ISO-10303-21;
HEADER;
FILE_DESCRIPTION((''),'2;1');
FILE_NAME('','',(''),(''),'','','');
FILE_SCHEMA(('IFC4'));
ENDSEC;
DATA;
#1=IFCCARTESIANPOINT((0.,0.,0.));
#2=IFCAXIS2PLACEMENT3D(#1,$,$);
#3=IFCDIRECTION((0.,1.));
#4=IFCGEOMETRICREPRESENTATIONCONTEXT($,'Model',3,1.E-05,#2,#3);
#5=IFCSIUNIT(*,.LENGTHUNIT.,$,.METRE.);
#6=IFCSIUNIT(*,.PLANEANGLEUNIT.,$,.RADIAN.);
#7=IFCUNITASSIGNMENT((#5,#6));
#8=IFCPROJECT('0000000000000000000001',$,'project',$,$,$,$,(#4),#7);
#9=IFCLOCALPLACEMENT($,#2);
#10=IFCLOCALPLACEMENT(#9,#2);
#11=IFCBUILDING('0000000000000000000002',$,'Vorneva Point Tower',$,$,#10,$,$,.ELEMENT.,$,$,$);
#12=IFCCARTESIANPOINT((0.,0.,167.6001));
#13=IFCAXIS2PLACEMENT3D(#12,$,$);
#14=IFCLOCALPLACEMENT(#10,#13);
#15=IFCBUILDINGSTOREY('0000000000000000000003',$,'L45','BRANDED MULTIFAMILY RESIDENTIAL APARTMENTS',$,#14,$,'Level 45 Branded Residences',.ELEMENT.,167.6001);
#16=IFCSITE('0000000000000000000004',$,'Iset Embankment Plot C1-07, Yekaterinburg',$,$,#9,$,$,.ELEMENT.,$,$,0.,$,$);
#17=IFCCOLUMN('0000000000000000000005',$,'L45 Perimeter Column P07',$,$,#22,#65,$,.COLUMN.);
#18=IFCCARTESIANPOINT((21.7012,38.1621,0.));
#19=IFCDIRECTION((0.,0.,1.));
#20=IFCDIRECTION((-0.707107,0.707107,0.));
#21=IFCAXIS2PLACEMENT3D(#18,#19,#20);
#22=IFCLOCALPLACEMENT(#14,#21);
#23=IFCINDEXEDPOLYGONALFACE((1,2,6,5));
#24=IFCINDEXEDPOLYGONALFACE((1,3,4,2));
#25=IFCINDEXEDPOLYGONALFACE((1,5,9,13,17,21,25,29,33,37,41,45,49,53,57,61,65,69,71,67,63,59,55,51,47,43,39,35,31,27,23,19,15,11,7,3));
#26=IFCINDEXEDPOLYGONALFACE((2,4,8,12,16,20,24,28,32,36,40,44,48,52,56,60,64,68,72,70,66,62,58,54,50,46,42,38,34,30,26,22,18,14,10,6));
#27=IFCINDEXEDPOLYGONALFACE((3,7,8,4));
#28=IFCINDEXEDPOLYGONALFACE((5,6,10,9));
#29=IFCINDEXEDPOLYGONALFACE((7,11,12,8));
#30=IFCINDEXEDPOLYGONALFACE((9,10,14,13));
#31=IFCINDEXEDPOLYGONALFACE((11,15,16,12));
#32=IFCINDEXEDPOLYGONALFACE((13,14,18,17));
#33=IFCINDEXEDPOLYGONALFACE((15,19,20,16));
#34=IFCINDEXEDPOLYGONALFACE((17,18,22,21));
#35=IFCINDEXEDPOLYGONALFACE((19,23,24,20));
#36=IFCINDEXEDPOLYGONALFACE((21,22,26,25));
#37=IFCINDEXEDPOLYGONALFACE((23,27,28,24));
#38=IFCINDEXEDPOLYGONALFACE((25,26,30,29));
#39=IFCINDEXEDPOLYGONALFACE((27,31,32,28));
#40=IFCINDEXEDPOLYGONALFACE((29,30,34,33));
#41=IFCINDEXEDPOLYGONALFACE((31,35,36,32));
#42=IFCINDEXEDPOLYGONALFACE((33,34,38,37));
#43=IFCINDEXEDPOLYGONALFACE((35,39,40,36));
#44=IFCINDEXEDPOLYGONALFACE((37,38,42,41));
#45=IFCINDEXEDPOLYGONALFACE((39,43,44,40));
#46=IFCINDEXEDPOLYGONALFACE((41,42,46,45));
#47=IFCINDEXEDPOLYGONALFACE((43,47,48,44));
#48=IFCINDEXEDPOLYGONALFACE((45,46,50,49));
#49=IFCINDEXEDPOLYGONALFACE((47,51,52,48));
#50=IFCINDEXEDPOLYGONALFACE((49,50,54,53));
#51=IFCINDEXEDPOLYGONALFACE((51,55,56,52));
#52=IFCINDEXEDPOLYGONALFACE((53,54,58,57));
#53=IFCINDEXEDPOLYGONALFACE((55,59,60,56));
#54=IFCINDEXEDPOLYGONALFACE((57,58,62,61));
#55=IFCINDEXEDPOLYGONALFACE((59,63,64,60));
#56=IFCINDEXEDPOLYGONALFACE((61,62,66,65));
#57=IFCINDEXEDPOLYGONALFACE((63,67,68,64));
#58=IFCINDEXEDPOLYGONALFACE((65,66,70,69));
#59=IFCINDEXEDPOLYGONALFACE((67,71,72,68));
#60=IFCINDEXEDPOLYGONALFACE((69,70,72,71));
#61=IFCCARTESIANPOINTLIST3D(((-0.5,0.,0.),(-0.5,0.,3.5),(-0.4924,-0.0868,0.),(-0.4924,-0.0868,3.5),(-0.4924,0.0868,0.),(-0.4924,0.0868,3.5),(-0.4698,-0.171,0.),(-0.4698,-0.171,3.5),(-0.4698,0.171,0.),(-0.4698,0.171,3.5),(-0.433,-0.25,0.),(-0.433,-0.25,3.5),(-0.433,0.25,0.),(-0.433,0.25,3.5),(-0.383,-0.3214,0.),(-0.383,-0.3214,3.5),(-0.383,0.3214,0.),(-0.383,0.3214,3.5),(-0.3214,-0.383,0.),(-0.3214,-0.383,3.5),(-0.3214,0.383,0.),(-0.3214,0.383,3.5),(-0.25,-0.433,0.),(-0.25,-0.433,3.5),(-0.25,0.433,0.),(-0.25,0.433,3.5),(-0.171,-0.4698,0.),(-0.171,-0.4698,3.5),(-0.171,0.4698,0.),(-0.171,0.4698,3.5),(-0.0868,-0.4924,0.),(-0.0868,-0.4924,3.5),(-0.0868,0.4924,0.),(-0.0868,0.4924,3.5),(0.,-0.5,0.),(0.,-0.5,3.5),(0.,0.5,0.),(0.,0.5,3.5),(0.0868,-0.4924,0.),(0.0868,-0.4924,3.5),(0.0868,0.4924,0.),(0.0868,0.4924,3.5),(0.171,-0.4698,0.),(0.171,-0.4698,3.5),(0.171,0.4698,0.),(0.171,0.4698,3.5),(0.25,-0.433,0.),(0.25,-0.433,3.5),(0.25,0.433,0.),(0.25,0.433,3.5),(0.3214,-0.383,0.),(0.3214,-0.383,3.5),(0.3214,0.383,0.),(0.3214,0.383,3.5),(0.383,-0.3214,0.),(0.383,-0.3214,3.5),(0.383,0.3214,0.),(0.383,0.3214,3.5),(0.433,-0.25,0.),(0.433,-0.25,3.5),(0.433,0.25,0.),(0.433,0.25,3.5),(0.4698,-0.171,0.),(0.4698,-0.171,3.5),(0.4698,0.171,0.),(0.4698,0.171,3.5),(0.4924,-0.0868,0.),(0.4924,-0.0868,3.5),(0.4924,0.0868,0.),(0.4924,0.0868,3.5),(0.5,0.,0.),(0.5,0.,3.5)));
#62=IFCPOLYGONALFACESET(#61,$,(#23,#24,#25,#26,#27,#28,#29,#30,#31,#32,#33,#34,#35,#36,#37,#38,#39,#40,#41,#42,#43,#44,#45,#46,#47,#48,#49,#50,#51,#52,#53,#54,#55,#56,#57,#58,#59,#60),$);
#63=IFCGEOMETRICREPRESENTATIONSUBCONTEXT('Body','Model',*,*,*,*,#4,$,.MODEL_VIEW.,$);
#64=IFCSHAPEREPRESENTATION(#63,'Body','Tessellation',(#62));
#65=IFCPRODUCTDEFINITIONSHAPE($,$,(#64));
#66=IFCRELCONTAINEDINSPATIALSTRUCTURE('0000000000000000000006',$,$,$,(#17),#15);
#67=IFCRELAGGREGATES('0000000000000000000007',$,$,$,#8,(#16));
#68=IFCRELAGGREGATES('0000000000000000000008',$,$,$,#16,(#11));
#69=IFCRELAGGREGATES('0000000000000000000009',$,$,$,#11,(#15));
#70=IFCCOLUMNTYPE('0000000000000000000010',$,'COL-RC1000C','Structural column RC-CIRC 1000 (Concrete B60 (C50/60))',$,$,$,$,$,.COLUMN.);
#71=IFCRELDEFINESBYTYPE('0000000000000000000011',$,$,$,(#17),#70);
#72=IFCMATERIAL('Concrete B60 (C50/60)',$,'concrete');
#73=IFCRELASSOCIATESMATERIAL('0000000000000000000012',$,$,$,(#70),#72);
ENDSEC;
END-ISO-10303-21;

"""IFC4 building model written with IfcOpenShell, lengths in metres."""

from ifc_helpers import new_model, si_unit, direction, frame, origin, origin_2d, place, context, subcontext, project, spatial, circle, extrude, material, material_profile, profile_set, type_object, element, save


model = new_model("IFC4")

# Units and contexts
model_context = context("Model", 3, precision=1e-05, world=origin(), true_north=direction((0.0, 1.0)))
body_context = subcontext(model_context, "Body", "Model", "MODEL_VIEW")
ifc_project = project(units=[si_unit("LENGTHUNIT", "METRE"), si_unit("PLANEANGLEUNIT", "RADIAN")], contexts=[model_context])

# Site, building, storey
site_placement = place(None, origin())
site = spatial("IfcSite", under=ifc_project, at=site_placement, Name="Iset Embankment Plot C1-07, Yekaterinburg", CompositionType="ELEMENT", RefElevation=0.0)
building_placement = place(site_placement, origin())
building = spatial("IfcBuilding", under=site, at=building_placement, Name="Vorneva Point Tower", CompositionType="ELEMENT")
storey_placement = place(building_placement, frame((0.0, 0.0, 167.6001)))
storey = spatial("IfcBuildingStorey", under=building, at=storey_placement, Name="L45", Description="BRANDED MULTIFAMILY RESIDENTIAL APARTMENTS", LongName="Level 45 Branded Residences", CompositionType="ELEMENT", Elevation=167.6001)

# Column
ifc_material_1 = material(Name="Concrete B60 (C50/60)", Category="concrete")
ifc_material_profile_1 = material_profile(ifc_material_1, circle(Radius=0.5, at=origin_2d()), Name="RC-CIRC 1000")
ifc_profile_set_1 = profile_set([ifc_material_profile_1], Name="Concrete B60 (C50/60)")
column_type = type_object("IfcColumnType", Name="COL-RC1000C", Description="Structural column RC-CIRC 1000 (Concrete B60 (C50/60))", PredefinedType="COLUMN", material=ifc_profile_set_1)
for number, where, z_axis, x_axis, name in (
    (1, (21.7012, 38.1621, 0.0), (0.0, 0.0, 1.0), (-0.707107, 0.707107, 0.0), "L45 Perimeter Column P07"),
):
    element("IfcColumn", number, at=place(storey_placement, frame(where, z_axis=z_axis, x_axis=x_axis)), inside=storey, type_object=column_type, Name=name, PredefinedType="COLUMN", context=body_context, shape_type="SweptSolid", body=[
        extrude(circle(Radius=0.5, at=origin_2d()), origin(), (0.0, 0.0, 1.0), 3.5),
    ])

save(model, "model.ifc")
